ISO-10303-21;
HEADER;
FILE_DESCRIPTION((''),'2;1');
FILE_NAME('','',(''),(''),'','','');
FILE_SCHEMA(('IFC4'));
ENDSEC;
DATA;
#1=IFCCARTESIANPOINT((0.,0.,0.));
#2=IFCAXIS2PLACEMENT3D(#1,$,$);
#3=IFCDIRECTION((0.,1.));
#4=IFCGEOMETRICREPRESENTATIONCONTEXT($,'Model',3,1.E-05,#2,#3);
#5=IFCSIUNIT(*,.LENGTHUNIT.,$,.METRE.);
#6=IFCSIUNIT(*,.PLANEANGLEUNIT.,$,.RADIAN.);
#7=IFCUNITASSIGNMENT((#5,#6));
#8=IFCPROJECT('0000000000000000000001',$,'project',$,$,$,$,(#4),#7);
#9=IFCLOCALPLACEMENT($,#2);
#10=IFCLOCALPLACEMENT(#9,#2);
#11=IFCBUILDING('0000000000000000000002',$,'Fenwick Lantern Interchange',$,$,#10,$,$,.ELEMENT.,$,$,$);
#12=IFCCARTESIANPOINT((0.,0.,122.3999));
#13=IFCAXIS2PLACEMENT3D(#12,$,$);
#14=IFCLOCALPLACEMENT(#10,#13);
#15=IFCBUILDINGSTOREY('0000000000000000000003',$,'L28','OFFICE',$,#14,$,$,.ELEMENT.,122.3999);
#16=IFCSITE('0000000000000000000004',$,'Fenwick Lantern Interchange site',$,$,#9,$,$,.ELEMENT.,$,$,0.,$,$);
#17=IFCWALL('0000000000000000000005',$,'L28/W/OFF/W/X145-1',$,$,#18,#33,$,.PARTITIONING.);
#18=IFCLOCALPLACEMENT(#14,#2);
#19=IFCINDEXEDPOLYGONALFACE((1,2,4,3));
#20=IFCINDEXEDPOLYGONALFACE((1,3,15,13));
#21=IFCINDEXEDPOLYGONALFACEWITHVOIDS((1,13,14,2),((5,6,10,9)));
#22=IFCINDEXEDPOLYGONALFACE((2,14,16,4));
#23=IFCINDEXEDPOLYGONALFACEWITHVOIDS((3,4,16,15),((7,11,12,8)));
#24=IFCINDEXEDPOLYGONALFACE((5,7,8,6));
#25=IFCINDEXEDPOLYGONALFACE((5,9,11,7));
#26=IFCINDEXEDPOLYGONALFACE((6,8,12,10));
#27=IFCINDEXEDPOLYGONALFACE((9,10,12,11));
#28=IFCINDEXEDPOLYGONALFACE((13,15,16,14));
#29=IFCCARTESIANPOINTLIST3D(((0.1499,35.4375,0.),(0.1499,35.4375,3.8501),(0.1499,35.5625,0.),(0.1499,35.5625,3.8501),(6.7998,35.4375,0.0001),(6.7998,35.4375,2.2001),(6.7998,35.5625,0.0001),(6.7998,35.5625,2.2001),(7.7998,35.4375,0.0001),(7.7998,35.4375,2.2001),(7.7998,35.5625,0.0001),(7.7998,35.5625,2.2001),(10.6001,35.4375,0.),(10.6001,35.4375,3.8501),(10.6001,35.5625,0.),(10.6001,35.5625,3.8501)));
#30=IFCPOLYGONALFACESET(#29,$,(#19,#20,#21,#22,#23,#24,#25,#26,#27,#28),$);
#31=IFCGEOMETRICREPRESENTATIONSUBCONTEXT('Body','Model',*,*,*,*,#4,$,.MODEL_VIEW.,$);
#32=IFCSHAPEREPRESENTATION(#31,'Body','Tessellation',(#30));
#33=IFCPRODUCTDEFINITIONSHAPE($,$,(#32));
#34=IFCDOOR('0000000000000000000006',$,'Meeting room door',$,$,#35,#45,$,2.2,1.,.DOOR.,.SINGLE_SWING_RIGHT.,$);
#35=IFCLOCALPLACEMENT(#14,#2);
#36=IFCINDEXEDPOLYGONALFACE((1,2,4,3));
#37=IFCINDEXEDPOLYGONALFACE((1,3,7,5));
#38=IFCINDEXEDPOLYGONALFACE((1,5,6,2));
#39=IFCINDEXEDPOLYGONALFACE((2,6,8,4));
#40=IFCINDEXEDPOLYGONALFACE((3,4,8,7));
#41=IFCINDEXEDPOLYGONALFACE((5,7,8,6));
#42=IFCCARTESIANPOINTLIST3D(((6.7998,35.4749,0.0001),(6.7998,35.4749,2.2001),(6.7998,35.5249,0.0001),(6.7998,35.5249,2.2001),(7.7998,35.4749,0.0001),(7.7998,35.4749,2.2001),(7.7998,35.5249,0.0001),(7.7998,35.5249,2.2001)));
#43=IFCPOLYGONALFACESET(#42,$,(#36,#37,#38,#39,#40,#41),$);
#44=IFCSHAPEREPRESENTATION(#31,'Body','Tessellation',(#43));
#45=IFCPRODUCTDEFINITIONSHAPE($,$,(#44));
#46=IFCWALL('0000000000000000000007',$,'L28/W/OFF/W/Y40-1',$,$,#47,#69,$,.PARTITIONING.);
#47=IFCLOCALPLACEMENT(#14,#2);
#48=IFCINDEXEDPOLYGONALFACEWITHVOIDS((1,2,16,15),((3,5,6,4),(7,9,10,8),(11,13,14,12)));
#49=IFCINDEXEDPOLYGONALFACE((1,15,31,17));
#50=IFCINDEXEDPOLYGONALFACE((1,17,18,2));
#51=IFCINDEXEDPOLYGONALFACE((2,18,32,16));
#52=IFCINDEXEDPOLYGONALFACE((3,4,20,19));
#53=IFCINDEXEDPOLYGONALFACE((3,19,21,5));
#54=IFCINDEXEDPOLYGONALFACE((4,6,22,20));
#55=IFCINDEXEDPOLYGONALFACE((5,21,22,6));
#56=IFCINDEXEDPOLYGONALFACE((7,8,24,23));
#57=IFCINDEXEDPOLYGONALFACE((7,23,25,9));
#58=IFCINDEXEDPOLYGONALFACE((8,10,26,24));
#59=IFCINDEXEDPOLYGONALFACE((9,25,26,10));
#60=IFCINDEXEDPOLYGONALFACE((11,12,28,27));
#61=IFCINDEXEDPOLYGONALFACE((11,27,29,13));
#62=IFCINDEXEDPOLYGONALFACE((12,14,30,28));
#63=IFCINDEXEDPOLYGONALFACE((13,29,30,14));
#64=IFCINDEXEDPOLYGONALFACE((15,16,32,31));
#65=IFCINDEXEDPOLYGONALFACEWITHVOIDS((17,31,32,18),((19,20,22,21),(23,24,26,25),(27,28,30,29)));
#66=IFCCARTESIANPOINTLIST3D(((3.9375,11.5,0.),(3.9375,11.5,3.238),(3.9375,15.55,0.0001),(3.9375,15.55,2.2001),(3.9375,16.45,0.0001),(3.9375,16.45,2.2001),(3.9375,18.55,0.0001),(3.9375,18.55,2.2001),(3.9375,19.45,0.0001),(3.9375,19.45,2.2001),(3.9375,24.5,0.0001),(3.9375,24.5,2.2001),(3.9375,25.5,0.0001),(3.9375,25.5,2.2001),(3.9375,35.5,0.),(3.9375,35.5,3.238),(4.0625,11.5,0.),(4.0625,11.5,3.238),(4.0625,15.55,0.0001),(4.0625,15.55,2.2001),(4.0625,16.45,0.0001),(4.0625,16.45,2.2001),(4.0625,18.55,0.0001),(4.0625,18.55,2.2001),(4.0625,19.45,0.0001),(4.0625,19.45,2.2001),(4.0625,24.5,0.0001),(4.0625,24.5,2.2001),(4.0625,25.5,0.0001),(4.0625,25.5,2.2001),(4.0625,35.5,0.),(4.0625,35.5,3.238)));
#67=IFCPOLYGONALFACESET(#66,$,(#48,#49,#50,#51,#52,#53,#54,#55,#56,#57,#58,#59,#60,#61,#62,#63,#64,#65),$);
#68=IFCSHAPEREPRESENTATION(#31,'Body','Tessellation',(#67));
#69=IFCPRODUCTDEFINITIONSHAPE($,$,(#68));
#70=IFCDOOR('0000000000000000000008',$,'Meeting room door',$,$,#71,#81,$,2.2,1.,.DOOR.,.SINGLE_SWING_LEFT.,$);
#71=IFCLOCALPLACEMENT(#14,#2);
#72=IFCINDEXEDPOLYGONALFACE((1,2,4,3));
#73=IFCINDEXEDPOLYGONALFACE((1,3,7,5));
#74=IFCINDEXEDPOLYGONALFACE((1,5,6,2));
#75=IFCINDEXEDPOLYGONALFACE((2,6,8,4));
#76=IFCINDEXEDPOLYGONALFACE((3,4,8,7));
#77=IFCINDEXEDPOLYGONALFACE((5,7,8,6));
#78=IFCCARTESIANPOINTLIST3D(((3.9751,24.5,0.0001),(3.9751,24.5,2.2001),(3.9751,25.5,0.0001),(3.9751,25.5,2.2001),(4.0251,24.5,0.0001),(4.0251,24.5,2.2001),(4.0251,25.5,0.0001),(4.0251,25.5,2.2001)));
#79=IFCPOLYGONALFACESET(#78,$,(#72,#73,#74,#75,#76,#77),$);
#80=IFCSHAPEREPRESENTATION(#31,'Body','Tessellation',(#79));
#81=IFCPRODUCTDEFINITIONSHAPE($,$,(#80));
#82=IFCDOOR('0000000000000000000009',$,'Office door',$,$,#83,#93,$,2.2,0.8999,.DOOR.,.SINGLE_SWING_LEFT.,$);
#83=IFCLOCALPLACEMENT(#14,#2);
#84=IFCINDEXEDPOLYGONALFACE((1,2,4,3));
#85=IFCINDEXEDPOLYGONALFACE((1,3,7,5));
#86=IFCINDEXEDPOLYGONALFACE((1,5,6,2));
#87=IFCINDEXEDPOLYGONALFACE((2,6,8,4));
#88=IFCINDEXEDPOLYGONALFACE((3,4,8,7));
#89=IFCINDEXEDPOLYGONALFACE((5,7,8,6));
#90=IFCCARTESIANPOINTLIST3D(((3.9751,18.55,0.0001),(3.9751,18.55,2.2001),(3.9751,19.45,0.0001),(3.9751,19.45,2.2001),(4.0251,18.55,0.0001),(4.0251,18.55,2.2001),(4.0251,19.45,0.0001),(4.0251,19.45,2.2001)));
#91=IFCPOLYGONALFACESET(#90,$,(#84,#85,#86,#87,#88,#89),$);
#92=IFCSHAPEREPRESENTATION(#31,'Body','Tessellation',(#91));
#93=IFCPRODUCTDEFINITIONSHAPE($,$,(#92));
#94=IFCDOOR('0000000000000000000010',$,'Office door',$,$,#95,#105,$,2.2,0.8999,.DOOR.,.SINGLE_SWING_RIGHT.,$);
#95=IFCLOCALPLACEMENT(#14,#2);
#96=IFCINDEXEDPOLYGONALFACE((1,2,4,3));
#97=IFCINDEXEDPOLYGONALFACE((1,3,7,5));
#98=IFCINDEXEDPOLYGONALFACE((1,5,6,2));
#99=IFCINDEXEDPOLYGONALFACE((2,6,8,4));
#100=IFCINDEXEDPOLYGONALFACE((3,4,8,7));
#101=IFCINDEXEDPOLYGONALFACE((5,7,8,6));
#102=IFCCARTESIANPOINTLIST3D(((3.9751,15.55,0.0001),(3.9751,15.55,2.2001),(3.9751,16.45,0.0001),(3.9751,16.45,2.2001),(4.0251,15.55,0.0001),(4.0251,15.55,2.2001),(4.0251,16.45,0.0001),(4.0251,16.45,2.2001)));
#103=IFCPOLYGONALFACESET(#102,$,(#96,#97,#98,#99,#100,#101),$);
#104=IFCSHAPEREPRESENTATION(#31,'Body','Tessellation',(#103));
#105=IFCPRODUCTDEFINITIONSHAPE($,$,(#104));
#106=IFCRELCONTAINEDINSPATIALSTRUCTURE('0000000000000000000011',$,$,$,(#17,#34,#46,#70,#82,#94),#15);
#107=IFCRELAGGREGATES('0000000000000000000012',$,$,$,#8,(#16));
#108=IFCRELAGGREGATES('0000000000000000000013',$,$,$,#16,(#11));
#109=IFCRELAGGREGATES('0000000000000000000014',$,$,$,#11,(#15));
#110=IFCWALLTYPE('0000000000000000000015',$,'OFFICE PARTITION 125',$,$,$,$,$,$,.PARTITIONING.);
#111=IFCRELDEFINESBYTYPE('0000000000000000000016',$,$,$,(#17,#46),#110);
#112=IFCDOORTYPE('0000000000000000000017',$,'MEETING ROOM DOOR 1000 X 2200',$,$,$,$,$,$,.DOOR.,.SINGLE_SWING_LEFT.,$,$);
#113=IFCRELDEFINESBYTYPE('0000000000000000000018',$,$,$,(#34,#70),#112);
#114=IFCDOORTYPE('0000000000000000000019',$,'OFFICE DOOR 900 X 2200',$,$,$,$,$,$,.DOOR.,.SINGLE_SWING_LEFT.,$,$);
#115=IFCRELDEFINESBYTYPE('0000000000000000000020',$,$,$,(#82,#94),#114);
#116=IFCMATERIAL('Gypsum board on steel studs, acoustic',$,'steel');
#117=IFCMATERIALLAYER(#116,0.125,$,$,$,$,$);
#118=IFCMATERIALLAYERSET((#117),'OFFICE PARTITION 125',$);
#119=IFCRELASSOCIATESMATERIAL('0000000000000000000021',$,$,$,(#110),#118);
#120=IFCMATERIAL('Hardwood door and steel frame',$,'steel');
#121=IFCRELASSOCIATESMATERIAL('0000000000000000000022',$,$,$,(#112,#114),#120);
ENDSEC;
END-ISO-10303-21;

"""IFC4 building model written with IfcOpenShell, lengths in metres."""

from ifc_helpers import new_model, si_unit, direction, frame, frame_2d, origin, place, context, subcontext, project, spatial, rectangle, extrude, material, layer, layer_set, type_object, element, fill, save


model = new_model("IFC4")

# Units and contexts
model_context = context("Model", 3, precision=1e-05, world=origin(), true_north=direction((0.0, 1.0)))
body_context = subcontext(model_context, "Body", "Model", "MODEL_VIEW")
ifc_project = project(units=[si_unit("LENGTHUNIT", "METRE"), si_unit("PLANEANGLEUNIT", "RADIAN")], contexts=[model_context])

# Site, building, storey
site_placement = place(None, origin())
site = spatial("IfcSite", under=ifc_project, at=site_placement, Name="Fenwick Lantern Interchange site", CompositionType="ELEMENT", RefElevation=0.0)
building_placement = place(site_placement, origin())
building = spatial("IfcBuilding", under=site, at=building_placement, Name="Fenwick Lantern Interchange", CompositionType="ELEMENT")
storey_placement = place(building_placement, frame((0.0, 0.0, 122.3999)))
storey = spatial("IfcBuildingStorey", under=building, at=storey_placement, Name="L28", Description="OFFICE", CompositionType="ELEMENT", Elevation=122.3999)

# Shared definitions
ifc_material_1 = material(Name="Hardwood door and steel frame", Category="steel")

# Wall, opening, door
ifc_material_2 = material(Name="Gypsum board on steel studs, acoustic", Category="steel")
ifc_layer_1 = layer(ifc_material_2, 0.125)
ifc_layer_set_1 = layer_set([ifc_layer_1], Name="OFFICE PARTITION 125")
wall_type_1 = type_object("IfcWallType", Name="OFFICE PARTITION 125", PredefinedType="PARTITIONING", material=ifc_layer_set_1)
wall_1_placement = place(storey_placement, frame((0.1499, 35.5, 0.0), z_axis=(0.0, 0.0, 1.0), x_axis=(1.0, 0.0, 0.0)))
wall_1 = element("IfcWall", 1, at=wall_1_placement, inside=storey, type_object=wall_type_1, Name="L28/W/OFF/W/X145-1", PredefinedType="PARTITIONING", context=body_context, shape_type="SweptSolid", body=[
    extrude(rectangle(XDim=10.4502, YDim=0.125, at=frame_2d((5.2251, 0.0))), origin(), (0.0, 0.0, 1.0), 3.8501),
])
opening_1_placement = place(wall_1_placement, frame((6.6499, 0.0, 0.0)))
opening_1 = element("IfcOpeningElement", 2, at=opening_1_placement, cuts=wall_1, PredefinedType="OPENING", context=body_context, shape_type="SweptSolid", body=[
    extrude(rectangle(XDim=1.0, YDim=2.2, at=frame_2d((0.5, 1.1001))), frame((0.0, 0.0725, 0.0), z_axis=(0.0, -1.0, 0.0), x_axis=(1.0, 0.0, 0.0)), (0.0, 0.0, 1.0), 0.145),
])
door_type_1 = type_object("IfcDoorType", Name="MEETING ROOM DOOR 1000 X 2200", OperationType="SINGLE_SWING_LEFT", PredefinedType="DOOR", material=ifc_material_1)
door_1_placement = place(opening_1_placement, origin())
door_1 = element("IfcDoor", 3, at=door_1_placement, inside=storey, type_object=door_type_1, Name="Meeting room door", OperationType="SINGLE_SWING_RIGHT", OverallHeight=2.2, OverallWidth=1.0, PredefinedType="DOOR", context=body_context, shape_type="SweptSolid", body=[
    extrude(rectangle(XDim=1.0, YDim=2.2, at=frame_2d((0.5, 1.1001))), frame((0.0, 0.0249, 0.0), z_axis=(0.0, -1.0, 0.0), x_axis=(1.0, 0.0, 0.0)), (0.0, 0.0, 1.0), 0.05),
])
fill(opening_1, door_1)

# Wall, openings, doors
wall_2_placement = place(storey_placement, frame((4.0, 35.5, 0.0), z_axis=(0.0, 0.0, 1.0), x_axis=(0.0, -1.0, 0.0)))
wall_2 = element("IfcWall", 4, at=wall_2_placement, inside=storey, type_object=wall_type_1, Name="L28/W/OFF/W/Y40-1", PredefinedType="PARTITIONING", context=body_context, shape_type="SweptSolid", body=[
    extrude(rectangle(XDim=24.0, YDim=0.125, at=frame_2d((12.0, 0.0))), origin(), (0.0, 0.0, 1.0), 3.238),
])
opening_2_placement = place(wall_2_placement, frame((10.0, 0.0, 0.0)))
opening_2 = element("IfcOpeningElement", 5, at=opening_2_placement, cuts=wall_2, PredefinedType="OPENING", context=body_context, shape_type="SweptSolid", body=[
    extrude(rectangle(XDim=1.0, YDim=2.2, at=frame_2d((0.5, 1.1001))), frame((0.0, 0.0725, 0.0), z_axis=(0.0, -1.0, 0.0), x_axis=(1.0, 0.0, 0.0)), (0.0, 0.0, 1.0), 0.145),
])
opening_3_placement = place(wall_2_placement, frame((16.05, 0.0, 0.0)))
opening_3 = element("IfcOpeningElement", 6, at=opening_3_placement, cuts=wall_2, PredefinedType="OPENING", context=body_context, shape_type="SweptSolid", body=[
    extrude(rectangle(XDim=0.8999, YDim=2.2, at=frame_2d((0.45, 1.1001))), frame((0.0, 0.0725, 0.0), z_axis=(0.0, -1.0, 0.0), x_axis=(1.0, 0.0, 0.0)), (0.0, 0.0, 1.0), 0.145),
])
opening_4_placement = place(wall_2_placement, frame((19.05, 0.0, 0.0)))
opening_4 = element("IfcOpeningElement", 7, at=opening_4_placement, cuts=wall_2, PredefinedType="OPENING", context=body_context, shape_type="SweptSolid", body=[
    extrude(rectangle(XDim=0.8999, YDim=2.2, at=frame_2d((0.45, 1.1001))), frame((0.0, 0.0725, 0.0), z_axis=(0.0, -1.0, 0.0), x_axis=(1.0, 0.0, 0.0)), (0.0, 0.0, 1.0), 0.145),
])
door_2_placement = place(opening_2_placement, frame((1.0, 0.0, 0.0), z_axis=(0.0, 0.0, 1.0), x_axis=(-1.0, 0.0, 0.0)))
door_2 = element("IfcDoor", 8, at=door_2_placement, inside=storey, type_object=door_type_1, Name="Meeting room door", OperationType="SINGLE_SWING_LEFT", OverallHeight=2.2, OverallWidth=1.0, PredefinedType="DOOR", context=body_context, shape_type="SweptSolid", body=[
    extrude(rectangle(XDim=1.0, YDim=2.2, at=frame_2d((0.5, 1.1001))), frame((0.0, 0.0249, 0.0), z_axis=(0.0, -1.0, 0.0), x_axis=(1.0, 0.0, 0.0)), (0.0, 0.0, 1.0), 0.05),
])
fill(opening_2, door_2)
door_type_2 = type_object("IfcDoorType", Name="OFFICE DOOR 900 X 2200", OperationType="SINGLE_SWING_LEFT", PredefinedType="DOOR", material=ifc_material_1)
door_3_placement = place(opening_3_placement, frame((0.8999, 0.0, 0.0), z_axis=(0.0, 0.0, 1.0), x_axis=(-1.0, 0.0, 0.0)))
door_3 = element("IfcDoor", 9, at=door_3_placement, inside=storey, type_object=door_type_2, Name="Office door", OperationType="SINGLE_SWING_LEFT", OverallHeight=2.2, OverallWidth=0.8999, PredefinedType="DOOR", context=body_context, shape_type="SweptSolid", body=[
    extrude(rectangle(XDim=0.8999, YDim=2.2, at=frame_2d((0.45, 1.1001))), frame((0.0, 0.0249, 0.0), z_axis=(0.0, -1.0, 0.0), x_axis=(1.0, 0.0, 0.0)), (0.0, 0.0, 1.0), 0.05),
])
fill(opening_3, door_3)
door_4_placement = place(opening_4_placement, frame((0.8999, 0.0, 0.0), z_axis=(0.0, 0.0, 1.0), x_axis=(-1.0, 0.0, 0.0)))
door_4 = element("IfcDoor", 10, at=door_4_placement, inside=storey, type_object=door_type_2, Name="Office door", OperationType="SINGLE_SWING_RIGHT", OverallHeight=2.2, OverallWidth=0.8999, PredefinedType="DOOR", context=body_context, shape_type="SweptSolid", body=[
    extrude(rectangle(XDim=0.8999, YDim=2.2, at=frame_2d((0.45, 1.1001))), frame((0.0, 0.0249, 0.0), z_axis=(0.0, -1.0, 0.0), x_axis=(1.0, 0.0, 0.0)), (0.0, 0.0, 1.0), 0.05),
])
fill(opening_4, door_4)

save(model, "model.ifc")
